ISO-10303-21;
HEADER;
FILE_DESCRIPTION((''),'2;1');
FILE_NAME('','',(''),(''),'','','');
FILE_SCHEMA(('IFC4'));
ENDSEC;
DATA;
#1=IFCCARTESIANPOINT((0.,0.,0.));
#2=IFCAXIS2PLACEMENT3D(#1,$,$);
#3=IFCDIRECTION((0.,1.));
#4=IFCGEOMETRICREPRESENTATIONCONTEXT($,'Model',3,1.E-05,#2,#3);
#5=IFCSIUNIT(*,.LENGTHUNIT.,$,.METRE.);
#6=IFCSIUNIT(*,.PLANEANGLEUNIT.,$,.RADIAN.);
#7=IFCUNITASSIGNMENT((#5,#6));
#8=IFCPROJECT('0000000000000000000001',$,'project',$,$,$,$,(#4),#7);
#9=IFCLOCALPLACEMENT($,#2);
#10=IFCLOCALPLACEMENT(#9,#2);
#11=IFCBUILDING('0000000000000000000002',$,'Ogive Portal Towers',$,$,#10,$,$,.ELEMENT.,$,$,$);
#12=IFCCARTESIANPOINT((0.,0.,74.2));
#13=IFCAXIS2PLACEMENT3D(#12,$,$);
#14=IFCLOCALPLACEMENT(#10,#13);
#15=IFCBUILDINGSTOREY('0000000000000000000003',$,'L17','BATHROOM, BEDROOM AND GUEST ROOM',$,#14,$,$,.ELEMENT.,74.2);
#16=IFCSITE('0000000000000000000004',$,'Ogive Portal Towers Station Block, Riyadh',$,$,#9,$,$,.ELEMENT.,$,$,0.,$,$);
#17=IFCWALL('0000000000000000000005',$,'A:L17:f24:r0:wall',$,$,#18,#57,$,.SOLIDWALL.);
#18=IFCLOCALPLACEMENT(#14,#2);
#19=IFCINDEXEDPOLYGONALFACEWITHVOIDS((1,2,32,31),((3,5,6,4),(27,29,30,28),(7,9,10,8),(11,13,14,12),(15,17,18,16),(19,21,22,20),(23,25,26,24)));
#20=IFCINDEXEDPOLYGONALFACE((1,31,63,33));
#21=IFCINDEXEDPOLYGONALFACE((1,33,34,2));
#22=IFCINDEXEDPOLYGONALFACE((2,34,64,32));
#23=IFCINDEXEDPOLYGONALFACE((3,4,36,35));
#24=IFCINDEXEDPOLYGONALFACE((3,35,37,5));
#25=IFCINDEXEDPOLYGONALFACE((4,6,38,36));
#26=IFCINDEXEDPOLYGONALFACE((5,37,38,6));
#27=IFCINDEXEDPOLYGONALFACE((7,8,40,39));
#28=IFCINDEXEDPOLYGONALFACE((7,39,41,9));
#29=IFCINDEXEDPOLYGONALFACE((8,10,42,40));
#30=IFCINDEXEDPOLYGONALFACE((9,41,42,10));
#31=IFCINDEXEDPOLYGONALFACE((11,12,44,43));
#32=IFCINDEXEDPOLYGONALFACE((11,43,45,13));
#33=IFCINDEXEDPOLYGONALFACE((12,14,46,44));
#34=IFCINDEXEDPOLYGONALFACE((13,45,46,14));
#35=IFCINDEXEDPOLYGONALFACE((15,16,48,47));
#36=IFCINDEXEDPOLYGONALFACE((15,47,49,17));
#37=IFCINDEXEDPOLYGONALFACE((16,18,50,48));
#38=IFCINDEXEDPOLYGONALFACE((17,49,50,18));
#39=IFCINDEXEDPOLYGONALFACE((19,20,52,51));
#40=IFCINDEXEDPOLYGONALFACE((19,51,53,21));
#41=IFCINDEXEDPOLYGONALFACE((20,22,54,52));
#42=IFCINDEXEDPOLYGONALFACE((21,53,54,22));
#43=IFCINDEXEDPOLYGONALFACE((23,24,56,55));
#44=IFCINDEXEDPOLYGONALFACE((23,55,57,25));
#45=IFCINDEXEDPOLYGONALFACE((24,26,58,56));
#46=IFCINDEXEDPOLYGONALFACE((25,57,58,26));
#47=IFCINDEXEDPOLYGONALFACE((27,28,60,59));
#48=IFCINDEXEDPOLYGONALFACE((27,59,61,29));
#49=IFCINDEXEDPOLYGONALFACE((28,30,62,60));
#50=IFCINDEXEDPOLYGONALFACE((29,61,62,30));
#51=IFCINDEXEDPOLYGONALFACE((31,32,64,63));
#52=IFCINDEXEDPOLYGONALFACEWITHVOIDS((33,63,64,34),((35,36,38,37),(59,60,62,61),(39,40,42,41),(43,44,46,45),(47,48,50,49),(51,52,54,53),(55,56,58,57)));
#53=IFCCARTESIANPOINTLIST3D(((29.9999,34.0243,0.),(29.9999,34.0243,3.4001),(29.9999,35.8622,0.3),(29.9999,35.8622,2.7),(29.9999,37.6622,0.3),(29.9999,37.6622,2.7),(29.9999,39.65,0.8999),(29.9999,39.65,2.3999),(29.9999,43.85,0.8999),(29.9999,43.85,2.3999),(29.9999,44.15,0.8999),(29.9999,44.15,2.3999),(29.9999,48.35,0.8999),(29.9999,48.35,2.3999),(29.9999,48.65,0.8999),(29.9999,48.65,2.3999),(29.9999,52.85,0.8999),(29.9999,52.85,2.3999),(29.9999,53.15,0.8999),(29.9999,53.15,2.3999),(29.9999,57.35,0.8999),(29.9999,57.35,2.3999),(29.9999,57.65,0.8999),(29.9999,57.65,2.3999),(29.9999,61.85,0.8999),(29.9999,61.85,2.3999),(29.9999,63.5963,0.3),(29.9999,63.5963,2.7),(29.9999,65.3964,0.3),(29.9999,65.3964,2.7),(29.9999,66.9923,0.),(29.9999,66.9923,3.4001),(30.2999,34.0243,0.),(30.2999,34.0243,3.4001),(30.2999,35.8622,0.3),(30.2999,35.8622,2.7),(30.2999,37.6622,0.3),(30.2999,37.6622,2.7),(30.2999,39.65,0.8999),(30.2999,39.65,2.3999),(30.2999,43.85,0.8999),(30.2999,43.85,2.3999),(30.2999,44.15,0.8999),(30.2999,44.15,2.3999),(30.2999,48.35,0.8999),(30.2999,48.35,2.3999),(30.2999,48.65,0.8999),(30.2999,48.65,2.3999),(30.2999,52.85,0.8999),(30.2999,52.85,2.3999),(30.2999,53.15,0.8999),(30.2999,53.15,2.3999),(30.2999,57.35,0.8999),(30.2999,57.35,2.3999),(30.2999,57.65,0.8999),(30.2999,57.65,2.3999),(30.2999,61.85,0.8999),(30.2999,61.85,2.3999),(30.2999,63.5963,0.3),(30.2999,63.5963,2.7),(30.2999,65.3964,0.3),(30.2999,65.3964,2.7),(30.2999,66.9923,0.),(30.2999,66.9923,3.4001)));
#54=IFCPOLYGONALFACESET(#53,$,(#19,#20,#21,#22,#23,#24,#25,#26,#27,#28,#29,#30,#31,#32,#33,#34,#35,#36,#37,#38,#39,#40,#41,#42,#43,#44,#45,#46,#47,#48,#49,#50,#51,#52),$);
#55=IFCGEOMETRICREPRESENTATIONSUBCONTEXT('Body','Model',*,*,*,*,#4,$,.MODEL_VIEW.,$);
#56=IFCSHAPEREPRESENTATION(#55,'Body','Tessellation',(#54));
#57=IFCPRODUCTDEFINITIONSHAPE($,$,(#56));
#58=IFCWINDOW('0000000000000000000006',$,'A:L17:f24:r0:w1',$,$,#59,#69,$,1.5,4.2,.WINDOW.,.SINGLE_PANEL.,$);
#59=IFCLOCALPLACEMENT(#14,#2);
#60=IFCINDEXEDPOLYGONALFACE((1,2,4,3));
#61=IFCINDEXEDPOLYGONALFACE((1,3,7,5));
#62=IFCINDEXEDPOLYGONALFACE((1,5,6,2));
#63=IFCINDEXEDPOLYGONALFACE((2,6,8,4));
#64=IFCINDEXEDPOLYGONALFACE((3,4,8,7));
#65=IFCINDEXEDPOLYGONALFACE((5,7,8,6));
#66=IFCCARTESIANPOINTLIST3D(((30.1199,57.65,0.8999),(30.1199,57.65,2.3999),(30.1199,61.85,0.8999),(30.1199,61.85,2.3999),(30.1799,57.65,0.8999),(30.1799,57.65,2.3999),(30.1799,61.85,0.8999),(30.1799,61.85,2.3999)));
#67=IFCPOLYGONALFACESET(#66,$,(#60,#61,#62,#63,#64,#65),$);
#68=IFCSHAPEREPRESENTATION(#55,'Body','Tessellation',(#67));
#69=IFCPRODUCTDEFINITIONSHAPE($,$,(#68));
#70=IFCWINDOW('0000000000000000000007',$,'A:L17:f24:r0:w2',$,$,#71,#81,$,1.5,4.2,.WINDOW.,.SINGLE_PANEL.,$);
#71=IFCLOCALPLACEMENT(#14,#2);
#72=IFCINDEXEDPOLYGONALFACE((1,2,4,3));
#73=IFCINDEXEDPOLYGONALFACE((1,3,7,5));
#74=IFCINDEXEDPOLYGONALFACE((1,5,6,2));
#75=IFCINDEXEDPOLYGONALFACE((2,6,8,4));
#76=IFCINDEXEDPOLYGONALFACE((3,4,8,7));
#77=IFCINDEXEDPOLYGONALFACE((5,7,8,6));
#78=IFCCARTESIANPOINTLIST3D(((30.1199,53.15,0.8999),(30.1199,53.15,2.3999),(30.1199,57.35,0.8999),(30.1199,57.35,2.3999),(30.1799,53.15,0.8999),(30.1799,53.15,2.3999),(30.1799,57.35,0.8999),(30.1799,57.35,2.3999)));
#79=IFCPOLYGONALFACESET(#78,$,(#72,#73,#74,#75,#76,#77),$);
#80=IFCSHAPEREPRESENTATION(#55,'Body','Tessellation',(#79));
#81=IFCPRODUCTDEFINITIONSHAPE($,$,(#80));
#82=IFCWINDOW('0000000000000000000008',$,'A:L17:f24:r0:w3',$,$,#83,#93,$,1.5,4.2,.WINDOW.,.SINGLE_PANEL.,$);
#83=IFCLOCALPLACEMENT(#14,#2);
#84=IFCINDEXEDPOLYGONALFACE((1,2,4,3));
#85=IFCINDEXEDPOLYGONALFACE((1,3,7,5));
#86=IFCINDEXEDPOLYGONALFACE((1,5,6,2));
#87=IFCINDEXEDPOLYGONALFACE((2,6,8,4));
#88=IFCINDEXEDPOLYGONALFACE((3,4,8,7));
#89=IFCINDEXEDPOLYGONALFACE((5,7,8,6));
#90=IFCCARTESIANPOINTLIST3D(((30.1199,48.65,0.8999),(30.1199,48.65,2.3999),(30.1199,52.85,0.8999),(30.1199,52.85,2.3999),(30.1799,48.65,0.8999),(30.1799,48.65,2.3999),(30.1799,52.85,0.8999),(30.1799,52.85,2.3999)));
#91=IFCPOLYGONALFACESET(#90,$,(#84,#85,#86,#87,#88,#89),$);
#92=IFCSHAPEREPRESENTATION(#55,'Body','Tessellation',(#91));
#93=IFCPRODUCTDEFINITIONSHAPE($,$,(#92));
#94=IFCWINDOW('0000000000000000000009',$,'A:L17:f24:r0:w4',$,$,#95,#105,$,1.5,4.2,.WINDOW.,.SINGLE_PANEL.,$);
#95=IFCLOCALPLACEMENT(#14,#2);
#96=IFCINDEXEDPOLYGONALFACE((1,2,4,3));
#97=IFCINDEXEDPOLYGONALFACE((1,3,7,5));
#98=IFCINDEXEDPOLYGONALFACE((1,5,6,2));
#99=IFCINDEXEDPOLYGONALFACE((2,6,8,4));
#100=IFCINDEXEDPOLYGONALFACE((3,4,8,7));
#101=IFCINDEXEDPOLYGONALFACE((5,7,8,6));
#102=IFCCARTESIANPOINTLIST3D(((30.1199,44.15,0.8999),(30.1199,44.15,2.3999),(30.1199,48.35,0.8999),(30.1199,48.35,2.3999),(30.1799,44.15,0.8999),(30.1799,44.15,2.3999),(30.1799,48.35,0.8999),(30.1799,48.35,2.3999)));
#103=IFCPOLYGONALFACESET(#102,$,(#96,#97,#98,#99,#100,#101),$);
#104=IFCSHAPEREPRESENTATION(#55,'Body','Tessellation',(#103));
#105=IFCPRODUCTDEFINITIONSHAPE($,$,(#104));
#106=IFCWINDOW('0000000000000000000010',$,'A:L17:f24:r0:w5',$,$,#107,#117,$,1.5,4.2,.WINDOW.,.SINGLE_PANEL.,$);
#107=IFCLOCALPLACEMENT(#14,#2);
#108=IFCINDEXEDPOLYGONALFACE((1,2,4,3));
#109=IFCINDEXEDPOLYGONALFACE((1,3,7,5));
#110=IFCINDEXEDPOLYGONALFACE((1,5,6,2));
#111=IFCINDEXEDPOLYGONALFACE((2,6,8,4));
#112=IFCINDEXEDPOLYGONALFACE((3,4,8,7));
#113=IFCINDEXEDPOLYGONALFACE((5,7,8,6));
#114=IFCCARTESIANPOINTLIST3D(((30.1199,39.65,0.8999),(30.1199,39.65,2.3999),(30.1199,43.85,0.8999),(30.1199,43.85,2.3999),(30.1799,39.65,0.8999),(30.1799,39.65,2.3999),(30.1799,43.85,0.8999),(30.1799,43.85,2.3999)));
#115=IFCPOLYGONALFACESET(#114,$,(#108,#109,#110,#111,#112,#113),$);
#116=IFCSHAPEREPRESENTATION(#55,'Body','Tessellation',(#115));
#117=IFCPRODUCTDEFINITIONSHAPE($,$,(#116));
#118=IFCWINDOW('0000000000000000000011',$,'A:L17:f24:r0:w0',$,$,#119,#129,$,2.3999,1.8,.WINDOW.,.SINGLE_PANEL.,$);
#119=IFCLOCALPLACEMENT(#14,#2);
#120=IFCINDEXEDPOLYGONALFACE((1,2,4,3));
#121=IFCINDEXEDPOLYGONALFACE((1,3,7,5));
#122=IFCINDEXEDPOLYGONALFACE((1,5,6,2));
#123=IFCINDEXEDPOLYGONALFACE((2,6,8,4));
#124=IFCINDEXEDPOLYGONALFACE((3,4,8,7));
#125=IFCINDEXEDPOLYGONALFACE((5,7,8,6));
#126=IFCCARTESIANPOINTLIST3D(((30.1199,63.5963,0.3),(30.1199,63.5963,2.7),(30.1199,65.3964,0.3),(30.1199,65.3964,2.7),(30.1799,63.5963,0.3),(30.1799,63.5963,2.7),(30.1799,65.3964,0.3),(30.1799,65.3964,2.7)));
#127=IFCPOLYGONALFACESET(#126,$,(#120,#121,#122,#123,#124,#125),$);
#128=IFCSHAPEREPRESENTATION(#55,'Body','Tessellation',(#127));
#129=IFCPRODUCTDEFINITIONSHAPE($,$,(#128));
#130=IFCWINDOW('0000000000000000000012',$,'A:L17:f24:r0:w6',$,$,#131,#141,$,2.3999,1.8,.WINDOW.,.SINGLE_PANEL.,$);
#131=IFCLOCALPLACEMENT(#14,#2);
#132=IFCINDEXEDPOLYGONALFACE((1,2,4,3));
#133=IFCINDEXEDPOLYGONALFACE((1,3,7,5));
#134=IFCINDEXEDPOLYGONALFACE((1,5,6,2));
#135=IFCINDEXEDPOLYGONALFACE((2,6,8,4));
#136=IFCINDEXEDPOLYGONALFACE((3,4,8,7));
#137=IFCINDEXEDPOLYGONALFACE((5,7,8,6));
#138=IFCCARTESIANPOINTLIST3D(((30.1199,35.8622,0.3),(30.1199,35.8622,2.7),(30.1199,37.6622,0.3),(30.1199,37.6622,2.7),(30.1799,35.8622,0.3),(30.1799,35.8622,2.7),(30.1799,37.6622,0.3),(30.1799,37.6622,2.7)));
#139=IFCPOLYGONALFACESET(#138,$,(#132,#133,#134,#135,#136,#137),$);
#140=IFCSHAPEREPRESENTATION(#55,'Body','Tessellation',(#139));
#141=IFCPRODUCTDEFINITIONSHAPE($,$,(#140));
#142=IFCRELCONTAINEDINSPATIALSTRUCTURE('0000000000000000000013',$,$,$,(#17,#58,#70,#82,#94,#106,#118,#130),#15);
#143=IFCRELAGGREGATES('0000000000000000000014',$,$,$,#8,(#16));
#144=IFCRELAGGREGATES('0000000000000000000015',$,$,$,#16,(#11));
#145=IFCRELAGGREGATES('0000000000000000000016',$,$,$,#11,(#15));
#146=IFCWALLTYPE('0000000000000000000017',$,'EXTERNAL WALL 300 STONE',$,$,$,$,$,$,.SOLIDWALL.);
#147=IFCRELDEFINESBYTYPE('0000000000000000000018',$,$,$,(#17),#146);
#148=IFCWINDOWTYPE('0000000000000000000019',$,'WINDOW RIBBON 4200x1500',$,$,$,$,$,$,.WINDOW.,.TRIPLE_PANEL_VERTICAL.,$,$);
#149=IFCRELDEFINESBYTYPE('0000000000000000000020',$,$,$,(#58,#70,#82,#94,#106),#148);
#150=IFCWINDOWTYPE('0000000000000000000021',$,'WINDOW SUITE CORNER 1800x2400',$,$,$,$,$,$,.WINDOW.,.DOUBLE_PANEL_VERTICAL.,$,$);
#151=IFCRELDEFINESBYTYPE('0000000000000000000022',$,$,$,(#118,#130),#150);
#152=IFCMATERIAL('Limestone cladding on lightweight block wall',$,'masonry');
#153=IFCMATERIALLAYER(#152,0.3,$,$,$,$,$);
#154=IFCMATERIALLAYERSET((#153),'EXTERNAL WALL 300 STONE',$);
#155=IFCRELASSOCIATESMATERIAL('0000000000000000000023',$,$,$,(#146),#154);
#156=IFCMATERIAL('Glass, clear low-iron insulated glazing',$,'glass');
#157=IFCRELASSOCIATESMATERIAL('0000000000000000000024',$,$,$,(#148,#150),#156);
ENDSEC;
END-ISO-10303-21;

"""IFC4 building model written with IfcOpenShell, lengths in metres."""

from ifc_helpers import new_model, si_unit, direction, frame, frame_2d, origin, place, context, subcontext, project, spatial, rectangle, extrude, material, layer, layer_set, type_object, element, fill, save


model = new_model("IFC4")

# Units and contexts
model_context = context("Model", 3, precision=1e-05, world=origin(), true_north=direction((0.0, 1.0)))
body_context = subcontext(model_context, "Body", "Model", "MODEL_VIEW")
ifc_project = project(units=[si_unit("LENGTHUNIT", "METRE"), si_unit("PLANEANGLEUNIT", "RADIAN")], contexts=[model_context])

# Site, building, storey
site_placement = place(None, origin())
site = spatial("IfcSite", under=ifc_project, at=site_placement, Name="Ogive Portal Towers Station Block, Riyadh", CompositionType="ELEMENT", RefElevation=0.0)
building_placement = place(site_placement, origin())
building = spatial("IfcBuilding", under=site, at=building_placement, Name="Ogive Portal Towers", CompositionType="ELEMENT")
storey_placement = place(building_placement, frame((0.0, 0.0, 74.2)))
storey = spatial("IfcBuildingStorey", under=building, at=storey_placement, Name="L17", Description="BATHROOM, BEDROOM AND GUEST ROOM", CompositionType="ELEMENT", Elevation=74.2)

# Shared definitions
ifc_material_1 = material(Name="Glass, clear low-iron insulated glazing", Category="glass")

# Wall, openings, windows
ifc_material_2 = material(Name="Limestone cladding on lightweight block wall", Category="masonry")
ifc_layer_1 = layer(ifc_material_2, 0.3)
ifc_layer_set_1 = layer_set([ifc_layer_1], Name="EXTERNAL WALL 300 STONE")
wall_type_1 = type_object("IfcWallType", Name="EXTERNAL WALL 300 STONE", PredefinedType="SOLIDWALL", material=ifc_layer_set_1)
wall_1_placement = place(storey_placement, frame((30.1499, 66.9922, 0.0), z_axis=(0.0, 0.0, 1.0), x_axis=(0.0, -1.0, 0.0)))
wall_1 = element("IfcWall", 1, at=wall_1_placement, inside=storey, type_object=wall_type_1, Name="A:L17:f24:r0:wall", PredefinedType="SOLIDWALL", context=body_context, shape_type="SweptSolid", body=[
    extrude(rectangle(XDim=32.968, YDim=0.3, at=frame_2d((16.4839, 0.0))), origin(), (0.0, 0.0, 1.0), 3.4001),
])
opening_1_placement = place(wall_1_placement, frame((1.5959, 0.0, 0.3)))
opening_1 = element("IfcOpeningElement", 2, at=opening_1_placement, cuts=wall_1, PredefinedType="OPENING", context=body_context, shape_type="SweptSolid", body=[
    extrude(rectangle(XDim=1.8, YDim=2.3999, at=frame_2d((0.8999, 1.2))), frame((0.0, 0.1602, 0.0), z_axis=(0.0, -1.0, 0.0), x_axis=(1.0, 0.0, 0.0)), (0.0, 0.0, 1.0), 0.3201),
])
opening_2_placement = place(wall_1_placement, frame((5.1421, 0.0, 0.8999)))
opening_2 = element("IfcOpeningElement", 3, at=opening_2_placement, cuts=wall_1, PredefinedType="OPENING", context=body_context, shape_type="SweptSolid", body=[
    extrude(rectangle(XDim=4.2, YDim=1.5, at=frame_2d((2.1001, 0.75))), frame((0.0, 0.1602, 0.0), z_axis=(0.0, -1.0, 0.0), x_axis=(1.0, 0.0, 0.0)), (0.0, 0.0, 1.0), 0.3201),
])
opening_3_placement = place(wall_1_placement, frame((9.6421, 0.0, 0.8999)))
opening_3 = element("IfcOpeningElement", 4, at=opening_3_placement, cuts=wall_1, PredefinedType="OPENING", context=body_context, shape_type="SweptSolid", body=[
    extrude(rectangle(XDim=4.2, YDim=1.5, at=frame_2d((2.1001, 0.75))), frame((0.0, 0.1602, 0.0), z_axis=(0.0, -1.0, 0.0), x_axis=(1.0, 0.0, 0.0)), (0.0, 0.0, 1.0), 0.3201),
])
opening_4_placement = place(wall_1_placement, frame((14.1421, 0.0, 0.8999)))
opening_4 = element("IfcOpeningElement", 5, at=opening_4_placement, cuts=wall_1, PredefinedType="OPENING", context=body_context, shape_type="SweptSolid", body=[
    extrude(rectangle(XDim=4.2, YDim=1.5, at=frame_2d((2.1001, 0.75))), frame((0.0, 0.1602, 0.0), z_axis=(0.0, -1.0, 0.0), x_axis=(1.0, 0.0, 0.0)), (0.0, 0.0, 1.0), 0.3201),
])
opening_5_placement = place(wall_1_placement, frame((18.6421, 0.0, 0.8999)))
opening_5 = element("IfcOpeningElement", 6, at=opening_5_placement, cuts=wall_1, PredefinedType="OPENING", context=body_context, shape_type="SweptSolid", body=[
    extrude(rectangle(XDim=4.2, YDim=1.5, at=frame_2d((2.1001, 0.75))), frame((0.0, 0.1602, 0.0), z_axis=(0.0, -1.0, 0.0), x_axis=(1.0, 0.0, 0.0)), (0.0, 0.0, 1.0), 0.3201),
])
opening_6_placement = place(wall_1_placement, frame((23.1421, 0.0, 0.8999)))
opening_6 = element("IfcOpeningElement", 7, at=opening_6_placement, cuts=wall_1, PredefinedType="OPENING", context=body_context, shape_type="SweptSolid", body=[
    extrude(rectangle(XDim=4.2, YDim=1.5, at=frame_2d((2.1001, 0.75))), frame((0.0, 0.1602, 0.0), z_axis=(0.0, -1.0, 0.0), x_axis=(1.0, 0.0, 0.0)), (0.0, 0.0, 1.0), 0.3201),
])
opening_7_placement = place(wall_1_placement, frame((29.3301, 0.0, 0.3)))
opening_7 = element("IfcOpeningElement", 8, at=opening_7_placement, cuts=wall_1, PredefinedType="OPENING", context=body_context, shape_type="SweptSolid", body=[
    extrude(rectangle(XDim=1.8, YDim=2.3999, at=frame_2d((0.8999, 1.2))), frame((0.0, 0.1602, 0.0), z_axis=(0.0, -1.0, 0.0), x_axis=(1.0, 0.0, 0.0)), (0.0, 0.0, 1.0), 0.3201),
])
window_type_1 = type_object("IfcWindowType", Name="WINDOW RIBBON 4200x1500", PartitioningType="TRIPLE_PANEL_VERTICAL", PredefinedType="WINDOW", material=ifc_material_1)
window_1_placement = place(opening_2_placement, origin())
window_1 = element("IfcWindow", 9, at=window_1_placement, inside=storey, type_object=window_type_1, Name="A:L17:f24:r0:w1", OverallHeight=1.5, OverallWidth=4.2, PartitioningType="SINGLE_PANEL", PredefinedType="WINDOW", context=body_context, shape_type="SweptSolid", body=[
    extrude(rectangle(XDim=4.2, YDim=1.5, at=frame_2d((2.1001, 0.75))), frame((0.0, 0.03, 0.0), z_axis=(0.0, -1.0, 0.0), x_axis=(1.0, 0.0, 0.0)), (0.0, 0.0, 1.0), 0.0601),
])
fill(opening_2, window_1)
window_2_placement = place(opening_3_placement, origin())
window_2 = element("IfcWindow", 10, at=window_2_placement, inside=storey, type_object=window_type_1, Name="A:L17:f24:r0:w2", OverallHeight=1.5, OverallWidth=4.2, PartitioningType="SINGLE_PANEL", PredefinedType="WINDOW", context=body_context, shape_type="SweptSolid", body=[
    extrude(rectangle(XDim=4.2, YDim=1.5, at=frame_2d((2.1001, 0.75))), frame((0.0, 0.03, 0.0), z_axis=(0.0, -1.0, 0.0), x_axis=(1.0, 0.0, 0.0)), (0.0, 0.0, 1.0), 0.0601),
])
fill(opening_3, window_2)
window_3_placement = place(opening_4_placement, origin())
window_3 = element("IfcWindow", 11, at=window_3_placement, inside=storey, type_object=window_type_1, Name="A:L17:f24:r0:w3", OverallHeight=1.5, OverallWidth=4.2, PartitioningType="SINGLE_PANEL", PredefinedType="WINDOW", context=body_context, shape_type="SweptSolid", body=[
    extrude(rectangle(XDim=4.2, YDim=1.5, at=frame_2d((2.1001, 0.75))), frame((0.0, 0.03, 0.0), z_axis=(0.0, -1.0, 0.0), x_axis=(1.0, 0.0, 0.0)), (0.0, 0.0, 1.0), 0.0601),
])
fill(opening_4, window_3)
window_4_placement = place(opening_5_placement, origin())
window_4 = element("IfcWindow", 12, at=window_4_placement, inside=storey, type_object=window_type_1, Name="A:L17:f24:r0:w4", OverallHeight=1.5, OverallWidth=4.2, PartitioningType="SINGLE_PANEL", PredefinedType="WINDOW", context=body_context, shape_type="SweptSolid", body=[
    extrude(rectangle(XDim=4.2, YDim=1.5, at=frame_2d((2.1001, 0.75))), frame((0.0, 0.03, 0.0), z_axis=(0.0, -1.0, 0.0), x_axis=(1.0, 0.0, 0.0)), (0.0, 0.0, 1.0), 0.0601),
])
fill(opening_5, window_4)
window_5_placement = place(opening_6_placement, origin())
window_5 = element("IfcWindow", 13, at=window_5_placement, inside=storey, type_object=window_type_1, Name="A:L17:f24:r0:w5", OverallHeight=1.5, OverallWidth=4.2, PartitioningType="SINGLE_PANEL", PredefinedType="WINDOW", context=body_context, shape_type="SweptSolid", body=[
    extrude(rectangle(XDim=4.2, YDim=1.5, at=frame_2d((2.1001, 0.75))), frame((0.0, 0.03, 0.0), z_axis=(0.0, -1.0, 0.0), x_axis=(1.0, 0.0, 0.0)), (0.0, 0.0, 1.0), 0.0601),
])
fill(opening_6, window_5)
window_type_2 = type_object("IfcWindowType", Name="WINDOW SUITE CORNER 1800x2400", PartitioningType="DOUBLE_PANEL_VERTICAL", PredefinedType="WINDOW", material=ifc_material_1)
window_6_placement = place(opening_1_placement, origin())
window_6 = element("IfcWindow", 14, at=window_6_placement, inside=storey, type_object=window_type_2, Name="A:L17:f24:r0:w0", OverallHeight=2.3999, OverallWidth=1.8, PartitioningType="SINGLE_PANEL", PredefinedType="WINDOW", context=body_context, shape_type="SweptSolid", body=[
    extrude(rectangle(XDim=1.8, YDim=2.3999, at=frame_2d((0.8999, 1.2))), frame((0.0, 0.03, 0.0), z_axis=(0.0, -1.0, 0.0), x_axis=(1.0, 0.0, 0.0)), (0.0, 0.0, 1.0), 0.0601),
])
fill(opening_1, window_6)
window_7_placement = place(opening_7_placement, origin())
window_7 = element("IfcWindow", 15, at=window_7_placement, inside=storey, type_object=window_type_2, Name="A:L17:f24:r0:w6", OverallHeight=2.3999, OverallWidth=1.8, PartitioningType="SINGLE_PANEL", PredefinedType="WINDOW", context=body_context, shape_type="SweptSolid", body=[
    extrude(rectangle(XDim=1.8, YDim=2.3999, at=frame_2d((0.8999, 1.2))), frame((0.0, 0.03, 0.0), z_axis=(0.0, -1.0, 0.0), x_axis=(1.0, 0.0, 0.0)), (0.0, 0.0, 1.0), 0.0601),
])
fill(opening_7, window_7)

save(model, "model.ifc")
